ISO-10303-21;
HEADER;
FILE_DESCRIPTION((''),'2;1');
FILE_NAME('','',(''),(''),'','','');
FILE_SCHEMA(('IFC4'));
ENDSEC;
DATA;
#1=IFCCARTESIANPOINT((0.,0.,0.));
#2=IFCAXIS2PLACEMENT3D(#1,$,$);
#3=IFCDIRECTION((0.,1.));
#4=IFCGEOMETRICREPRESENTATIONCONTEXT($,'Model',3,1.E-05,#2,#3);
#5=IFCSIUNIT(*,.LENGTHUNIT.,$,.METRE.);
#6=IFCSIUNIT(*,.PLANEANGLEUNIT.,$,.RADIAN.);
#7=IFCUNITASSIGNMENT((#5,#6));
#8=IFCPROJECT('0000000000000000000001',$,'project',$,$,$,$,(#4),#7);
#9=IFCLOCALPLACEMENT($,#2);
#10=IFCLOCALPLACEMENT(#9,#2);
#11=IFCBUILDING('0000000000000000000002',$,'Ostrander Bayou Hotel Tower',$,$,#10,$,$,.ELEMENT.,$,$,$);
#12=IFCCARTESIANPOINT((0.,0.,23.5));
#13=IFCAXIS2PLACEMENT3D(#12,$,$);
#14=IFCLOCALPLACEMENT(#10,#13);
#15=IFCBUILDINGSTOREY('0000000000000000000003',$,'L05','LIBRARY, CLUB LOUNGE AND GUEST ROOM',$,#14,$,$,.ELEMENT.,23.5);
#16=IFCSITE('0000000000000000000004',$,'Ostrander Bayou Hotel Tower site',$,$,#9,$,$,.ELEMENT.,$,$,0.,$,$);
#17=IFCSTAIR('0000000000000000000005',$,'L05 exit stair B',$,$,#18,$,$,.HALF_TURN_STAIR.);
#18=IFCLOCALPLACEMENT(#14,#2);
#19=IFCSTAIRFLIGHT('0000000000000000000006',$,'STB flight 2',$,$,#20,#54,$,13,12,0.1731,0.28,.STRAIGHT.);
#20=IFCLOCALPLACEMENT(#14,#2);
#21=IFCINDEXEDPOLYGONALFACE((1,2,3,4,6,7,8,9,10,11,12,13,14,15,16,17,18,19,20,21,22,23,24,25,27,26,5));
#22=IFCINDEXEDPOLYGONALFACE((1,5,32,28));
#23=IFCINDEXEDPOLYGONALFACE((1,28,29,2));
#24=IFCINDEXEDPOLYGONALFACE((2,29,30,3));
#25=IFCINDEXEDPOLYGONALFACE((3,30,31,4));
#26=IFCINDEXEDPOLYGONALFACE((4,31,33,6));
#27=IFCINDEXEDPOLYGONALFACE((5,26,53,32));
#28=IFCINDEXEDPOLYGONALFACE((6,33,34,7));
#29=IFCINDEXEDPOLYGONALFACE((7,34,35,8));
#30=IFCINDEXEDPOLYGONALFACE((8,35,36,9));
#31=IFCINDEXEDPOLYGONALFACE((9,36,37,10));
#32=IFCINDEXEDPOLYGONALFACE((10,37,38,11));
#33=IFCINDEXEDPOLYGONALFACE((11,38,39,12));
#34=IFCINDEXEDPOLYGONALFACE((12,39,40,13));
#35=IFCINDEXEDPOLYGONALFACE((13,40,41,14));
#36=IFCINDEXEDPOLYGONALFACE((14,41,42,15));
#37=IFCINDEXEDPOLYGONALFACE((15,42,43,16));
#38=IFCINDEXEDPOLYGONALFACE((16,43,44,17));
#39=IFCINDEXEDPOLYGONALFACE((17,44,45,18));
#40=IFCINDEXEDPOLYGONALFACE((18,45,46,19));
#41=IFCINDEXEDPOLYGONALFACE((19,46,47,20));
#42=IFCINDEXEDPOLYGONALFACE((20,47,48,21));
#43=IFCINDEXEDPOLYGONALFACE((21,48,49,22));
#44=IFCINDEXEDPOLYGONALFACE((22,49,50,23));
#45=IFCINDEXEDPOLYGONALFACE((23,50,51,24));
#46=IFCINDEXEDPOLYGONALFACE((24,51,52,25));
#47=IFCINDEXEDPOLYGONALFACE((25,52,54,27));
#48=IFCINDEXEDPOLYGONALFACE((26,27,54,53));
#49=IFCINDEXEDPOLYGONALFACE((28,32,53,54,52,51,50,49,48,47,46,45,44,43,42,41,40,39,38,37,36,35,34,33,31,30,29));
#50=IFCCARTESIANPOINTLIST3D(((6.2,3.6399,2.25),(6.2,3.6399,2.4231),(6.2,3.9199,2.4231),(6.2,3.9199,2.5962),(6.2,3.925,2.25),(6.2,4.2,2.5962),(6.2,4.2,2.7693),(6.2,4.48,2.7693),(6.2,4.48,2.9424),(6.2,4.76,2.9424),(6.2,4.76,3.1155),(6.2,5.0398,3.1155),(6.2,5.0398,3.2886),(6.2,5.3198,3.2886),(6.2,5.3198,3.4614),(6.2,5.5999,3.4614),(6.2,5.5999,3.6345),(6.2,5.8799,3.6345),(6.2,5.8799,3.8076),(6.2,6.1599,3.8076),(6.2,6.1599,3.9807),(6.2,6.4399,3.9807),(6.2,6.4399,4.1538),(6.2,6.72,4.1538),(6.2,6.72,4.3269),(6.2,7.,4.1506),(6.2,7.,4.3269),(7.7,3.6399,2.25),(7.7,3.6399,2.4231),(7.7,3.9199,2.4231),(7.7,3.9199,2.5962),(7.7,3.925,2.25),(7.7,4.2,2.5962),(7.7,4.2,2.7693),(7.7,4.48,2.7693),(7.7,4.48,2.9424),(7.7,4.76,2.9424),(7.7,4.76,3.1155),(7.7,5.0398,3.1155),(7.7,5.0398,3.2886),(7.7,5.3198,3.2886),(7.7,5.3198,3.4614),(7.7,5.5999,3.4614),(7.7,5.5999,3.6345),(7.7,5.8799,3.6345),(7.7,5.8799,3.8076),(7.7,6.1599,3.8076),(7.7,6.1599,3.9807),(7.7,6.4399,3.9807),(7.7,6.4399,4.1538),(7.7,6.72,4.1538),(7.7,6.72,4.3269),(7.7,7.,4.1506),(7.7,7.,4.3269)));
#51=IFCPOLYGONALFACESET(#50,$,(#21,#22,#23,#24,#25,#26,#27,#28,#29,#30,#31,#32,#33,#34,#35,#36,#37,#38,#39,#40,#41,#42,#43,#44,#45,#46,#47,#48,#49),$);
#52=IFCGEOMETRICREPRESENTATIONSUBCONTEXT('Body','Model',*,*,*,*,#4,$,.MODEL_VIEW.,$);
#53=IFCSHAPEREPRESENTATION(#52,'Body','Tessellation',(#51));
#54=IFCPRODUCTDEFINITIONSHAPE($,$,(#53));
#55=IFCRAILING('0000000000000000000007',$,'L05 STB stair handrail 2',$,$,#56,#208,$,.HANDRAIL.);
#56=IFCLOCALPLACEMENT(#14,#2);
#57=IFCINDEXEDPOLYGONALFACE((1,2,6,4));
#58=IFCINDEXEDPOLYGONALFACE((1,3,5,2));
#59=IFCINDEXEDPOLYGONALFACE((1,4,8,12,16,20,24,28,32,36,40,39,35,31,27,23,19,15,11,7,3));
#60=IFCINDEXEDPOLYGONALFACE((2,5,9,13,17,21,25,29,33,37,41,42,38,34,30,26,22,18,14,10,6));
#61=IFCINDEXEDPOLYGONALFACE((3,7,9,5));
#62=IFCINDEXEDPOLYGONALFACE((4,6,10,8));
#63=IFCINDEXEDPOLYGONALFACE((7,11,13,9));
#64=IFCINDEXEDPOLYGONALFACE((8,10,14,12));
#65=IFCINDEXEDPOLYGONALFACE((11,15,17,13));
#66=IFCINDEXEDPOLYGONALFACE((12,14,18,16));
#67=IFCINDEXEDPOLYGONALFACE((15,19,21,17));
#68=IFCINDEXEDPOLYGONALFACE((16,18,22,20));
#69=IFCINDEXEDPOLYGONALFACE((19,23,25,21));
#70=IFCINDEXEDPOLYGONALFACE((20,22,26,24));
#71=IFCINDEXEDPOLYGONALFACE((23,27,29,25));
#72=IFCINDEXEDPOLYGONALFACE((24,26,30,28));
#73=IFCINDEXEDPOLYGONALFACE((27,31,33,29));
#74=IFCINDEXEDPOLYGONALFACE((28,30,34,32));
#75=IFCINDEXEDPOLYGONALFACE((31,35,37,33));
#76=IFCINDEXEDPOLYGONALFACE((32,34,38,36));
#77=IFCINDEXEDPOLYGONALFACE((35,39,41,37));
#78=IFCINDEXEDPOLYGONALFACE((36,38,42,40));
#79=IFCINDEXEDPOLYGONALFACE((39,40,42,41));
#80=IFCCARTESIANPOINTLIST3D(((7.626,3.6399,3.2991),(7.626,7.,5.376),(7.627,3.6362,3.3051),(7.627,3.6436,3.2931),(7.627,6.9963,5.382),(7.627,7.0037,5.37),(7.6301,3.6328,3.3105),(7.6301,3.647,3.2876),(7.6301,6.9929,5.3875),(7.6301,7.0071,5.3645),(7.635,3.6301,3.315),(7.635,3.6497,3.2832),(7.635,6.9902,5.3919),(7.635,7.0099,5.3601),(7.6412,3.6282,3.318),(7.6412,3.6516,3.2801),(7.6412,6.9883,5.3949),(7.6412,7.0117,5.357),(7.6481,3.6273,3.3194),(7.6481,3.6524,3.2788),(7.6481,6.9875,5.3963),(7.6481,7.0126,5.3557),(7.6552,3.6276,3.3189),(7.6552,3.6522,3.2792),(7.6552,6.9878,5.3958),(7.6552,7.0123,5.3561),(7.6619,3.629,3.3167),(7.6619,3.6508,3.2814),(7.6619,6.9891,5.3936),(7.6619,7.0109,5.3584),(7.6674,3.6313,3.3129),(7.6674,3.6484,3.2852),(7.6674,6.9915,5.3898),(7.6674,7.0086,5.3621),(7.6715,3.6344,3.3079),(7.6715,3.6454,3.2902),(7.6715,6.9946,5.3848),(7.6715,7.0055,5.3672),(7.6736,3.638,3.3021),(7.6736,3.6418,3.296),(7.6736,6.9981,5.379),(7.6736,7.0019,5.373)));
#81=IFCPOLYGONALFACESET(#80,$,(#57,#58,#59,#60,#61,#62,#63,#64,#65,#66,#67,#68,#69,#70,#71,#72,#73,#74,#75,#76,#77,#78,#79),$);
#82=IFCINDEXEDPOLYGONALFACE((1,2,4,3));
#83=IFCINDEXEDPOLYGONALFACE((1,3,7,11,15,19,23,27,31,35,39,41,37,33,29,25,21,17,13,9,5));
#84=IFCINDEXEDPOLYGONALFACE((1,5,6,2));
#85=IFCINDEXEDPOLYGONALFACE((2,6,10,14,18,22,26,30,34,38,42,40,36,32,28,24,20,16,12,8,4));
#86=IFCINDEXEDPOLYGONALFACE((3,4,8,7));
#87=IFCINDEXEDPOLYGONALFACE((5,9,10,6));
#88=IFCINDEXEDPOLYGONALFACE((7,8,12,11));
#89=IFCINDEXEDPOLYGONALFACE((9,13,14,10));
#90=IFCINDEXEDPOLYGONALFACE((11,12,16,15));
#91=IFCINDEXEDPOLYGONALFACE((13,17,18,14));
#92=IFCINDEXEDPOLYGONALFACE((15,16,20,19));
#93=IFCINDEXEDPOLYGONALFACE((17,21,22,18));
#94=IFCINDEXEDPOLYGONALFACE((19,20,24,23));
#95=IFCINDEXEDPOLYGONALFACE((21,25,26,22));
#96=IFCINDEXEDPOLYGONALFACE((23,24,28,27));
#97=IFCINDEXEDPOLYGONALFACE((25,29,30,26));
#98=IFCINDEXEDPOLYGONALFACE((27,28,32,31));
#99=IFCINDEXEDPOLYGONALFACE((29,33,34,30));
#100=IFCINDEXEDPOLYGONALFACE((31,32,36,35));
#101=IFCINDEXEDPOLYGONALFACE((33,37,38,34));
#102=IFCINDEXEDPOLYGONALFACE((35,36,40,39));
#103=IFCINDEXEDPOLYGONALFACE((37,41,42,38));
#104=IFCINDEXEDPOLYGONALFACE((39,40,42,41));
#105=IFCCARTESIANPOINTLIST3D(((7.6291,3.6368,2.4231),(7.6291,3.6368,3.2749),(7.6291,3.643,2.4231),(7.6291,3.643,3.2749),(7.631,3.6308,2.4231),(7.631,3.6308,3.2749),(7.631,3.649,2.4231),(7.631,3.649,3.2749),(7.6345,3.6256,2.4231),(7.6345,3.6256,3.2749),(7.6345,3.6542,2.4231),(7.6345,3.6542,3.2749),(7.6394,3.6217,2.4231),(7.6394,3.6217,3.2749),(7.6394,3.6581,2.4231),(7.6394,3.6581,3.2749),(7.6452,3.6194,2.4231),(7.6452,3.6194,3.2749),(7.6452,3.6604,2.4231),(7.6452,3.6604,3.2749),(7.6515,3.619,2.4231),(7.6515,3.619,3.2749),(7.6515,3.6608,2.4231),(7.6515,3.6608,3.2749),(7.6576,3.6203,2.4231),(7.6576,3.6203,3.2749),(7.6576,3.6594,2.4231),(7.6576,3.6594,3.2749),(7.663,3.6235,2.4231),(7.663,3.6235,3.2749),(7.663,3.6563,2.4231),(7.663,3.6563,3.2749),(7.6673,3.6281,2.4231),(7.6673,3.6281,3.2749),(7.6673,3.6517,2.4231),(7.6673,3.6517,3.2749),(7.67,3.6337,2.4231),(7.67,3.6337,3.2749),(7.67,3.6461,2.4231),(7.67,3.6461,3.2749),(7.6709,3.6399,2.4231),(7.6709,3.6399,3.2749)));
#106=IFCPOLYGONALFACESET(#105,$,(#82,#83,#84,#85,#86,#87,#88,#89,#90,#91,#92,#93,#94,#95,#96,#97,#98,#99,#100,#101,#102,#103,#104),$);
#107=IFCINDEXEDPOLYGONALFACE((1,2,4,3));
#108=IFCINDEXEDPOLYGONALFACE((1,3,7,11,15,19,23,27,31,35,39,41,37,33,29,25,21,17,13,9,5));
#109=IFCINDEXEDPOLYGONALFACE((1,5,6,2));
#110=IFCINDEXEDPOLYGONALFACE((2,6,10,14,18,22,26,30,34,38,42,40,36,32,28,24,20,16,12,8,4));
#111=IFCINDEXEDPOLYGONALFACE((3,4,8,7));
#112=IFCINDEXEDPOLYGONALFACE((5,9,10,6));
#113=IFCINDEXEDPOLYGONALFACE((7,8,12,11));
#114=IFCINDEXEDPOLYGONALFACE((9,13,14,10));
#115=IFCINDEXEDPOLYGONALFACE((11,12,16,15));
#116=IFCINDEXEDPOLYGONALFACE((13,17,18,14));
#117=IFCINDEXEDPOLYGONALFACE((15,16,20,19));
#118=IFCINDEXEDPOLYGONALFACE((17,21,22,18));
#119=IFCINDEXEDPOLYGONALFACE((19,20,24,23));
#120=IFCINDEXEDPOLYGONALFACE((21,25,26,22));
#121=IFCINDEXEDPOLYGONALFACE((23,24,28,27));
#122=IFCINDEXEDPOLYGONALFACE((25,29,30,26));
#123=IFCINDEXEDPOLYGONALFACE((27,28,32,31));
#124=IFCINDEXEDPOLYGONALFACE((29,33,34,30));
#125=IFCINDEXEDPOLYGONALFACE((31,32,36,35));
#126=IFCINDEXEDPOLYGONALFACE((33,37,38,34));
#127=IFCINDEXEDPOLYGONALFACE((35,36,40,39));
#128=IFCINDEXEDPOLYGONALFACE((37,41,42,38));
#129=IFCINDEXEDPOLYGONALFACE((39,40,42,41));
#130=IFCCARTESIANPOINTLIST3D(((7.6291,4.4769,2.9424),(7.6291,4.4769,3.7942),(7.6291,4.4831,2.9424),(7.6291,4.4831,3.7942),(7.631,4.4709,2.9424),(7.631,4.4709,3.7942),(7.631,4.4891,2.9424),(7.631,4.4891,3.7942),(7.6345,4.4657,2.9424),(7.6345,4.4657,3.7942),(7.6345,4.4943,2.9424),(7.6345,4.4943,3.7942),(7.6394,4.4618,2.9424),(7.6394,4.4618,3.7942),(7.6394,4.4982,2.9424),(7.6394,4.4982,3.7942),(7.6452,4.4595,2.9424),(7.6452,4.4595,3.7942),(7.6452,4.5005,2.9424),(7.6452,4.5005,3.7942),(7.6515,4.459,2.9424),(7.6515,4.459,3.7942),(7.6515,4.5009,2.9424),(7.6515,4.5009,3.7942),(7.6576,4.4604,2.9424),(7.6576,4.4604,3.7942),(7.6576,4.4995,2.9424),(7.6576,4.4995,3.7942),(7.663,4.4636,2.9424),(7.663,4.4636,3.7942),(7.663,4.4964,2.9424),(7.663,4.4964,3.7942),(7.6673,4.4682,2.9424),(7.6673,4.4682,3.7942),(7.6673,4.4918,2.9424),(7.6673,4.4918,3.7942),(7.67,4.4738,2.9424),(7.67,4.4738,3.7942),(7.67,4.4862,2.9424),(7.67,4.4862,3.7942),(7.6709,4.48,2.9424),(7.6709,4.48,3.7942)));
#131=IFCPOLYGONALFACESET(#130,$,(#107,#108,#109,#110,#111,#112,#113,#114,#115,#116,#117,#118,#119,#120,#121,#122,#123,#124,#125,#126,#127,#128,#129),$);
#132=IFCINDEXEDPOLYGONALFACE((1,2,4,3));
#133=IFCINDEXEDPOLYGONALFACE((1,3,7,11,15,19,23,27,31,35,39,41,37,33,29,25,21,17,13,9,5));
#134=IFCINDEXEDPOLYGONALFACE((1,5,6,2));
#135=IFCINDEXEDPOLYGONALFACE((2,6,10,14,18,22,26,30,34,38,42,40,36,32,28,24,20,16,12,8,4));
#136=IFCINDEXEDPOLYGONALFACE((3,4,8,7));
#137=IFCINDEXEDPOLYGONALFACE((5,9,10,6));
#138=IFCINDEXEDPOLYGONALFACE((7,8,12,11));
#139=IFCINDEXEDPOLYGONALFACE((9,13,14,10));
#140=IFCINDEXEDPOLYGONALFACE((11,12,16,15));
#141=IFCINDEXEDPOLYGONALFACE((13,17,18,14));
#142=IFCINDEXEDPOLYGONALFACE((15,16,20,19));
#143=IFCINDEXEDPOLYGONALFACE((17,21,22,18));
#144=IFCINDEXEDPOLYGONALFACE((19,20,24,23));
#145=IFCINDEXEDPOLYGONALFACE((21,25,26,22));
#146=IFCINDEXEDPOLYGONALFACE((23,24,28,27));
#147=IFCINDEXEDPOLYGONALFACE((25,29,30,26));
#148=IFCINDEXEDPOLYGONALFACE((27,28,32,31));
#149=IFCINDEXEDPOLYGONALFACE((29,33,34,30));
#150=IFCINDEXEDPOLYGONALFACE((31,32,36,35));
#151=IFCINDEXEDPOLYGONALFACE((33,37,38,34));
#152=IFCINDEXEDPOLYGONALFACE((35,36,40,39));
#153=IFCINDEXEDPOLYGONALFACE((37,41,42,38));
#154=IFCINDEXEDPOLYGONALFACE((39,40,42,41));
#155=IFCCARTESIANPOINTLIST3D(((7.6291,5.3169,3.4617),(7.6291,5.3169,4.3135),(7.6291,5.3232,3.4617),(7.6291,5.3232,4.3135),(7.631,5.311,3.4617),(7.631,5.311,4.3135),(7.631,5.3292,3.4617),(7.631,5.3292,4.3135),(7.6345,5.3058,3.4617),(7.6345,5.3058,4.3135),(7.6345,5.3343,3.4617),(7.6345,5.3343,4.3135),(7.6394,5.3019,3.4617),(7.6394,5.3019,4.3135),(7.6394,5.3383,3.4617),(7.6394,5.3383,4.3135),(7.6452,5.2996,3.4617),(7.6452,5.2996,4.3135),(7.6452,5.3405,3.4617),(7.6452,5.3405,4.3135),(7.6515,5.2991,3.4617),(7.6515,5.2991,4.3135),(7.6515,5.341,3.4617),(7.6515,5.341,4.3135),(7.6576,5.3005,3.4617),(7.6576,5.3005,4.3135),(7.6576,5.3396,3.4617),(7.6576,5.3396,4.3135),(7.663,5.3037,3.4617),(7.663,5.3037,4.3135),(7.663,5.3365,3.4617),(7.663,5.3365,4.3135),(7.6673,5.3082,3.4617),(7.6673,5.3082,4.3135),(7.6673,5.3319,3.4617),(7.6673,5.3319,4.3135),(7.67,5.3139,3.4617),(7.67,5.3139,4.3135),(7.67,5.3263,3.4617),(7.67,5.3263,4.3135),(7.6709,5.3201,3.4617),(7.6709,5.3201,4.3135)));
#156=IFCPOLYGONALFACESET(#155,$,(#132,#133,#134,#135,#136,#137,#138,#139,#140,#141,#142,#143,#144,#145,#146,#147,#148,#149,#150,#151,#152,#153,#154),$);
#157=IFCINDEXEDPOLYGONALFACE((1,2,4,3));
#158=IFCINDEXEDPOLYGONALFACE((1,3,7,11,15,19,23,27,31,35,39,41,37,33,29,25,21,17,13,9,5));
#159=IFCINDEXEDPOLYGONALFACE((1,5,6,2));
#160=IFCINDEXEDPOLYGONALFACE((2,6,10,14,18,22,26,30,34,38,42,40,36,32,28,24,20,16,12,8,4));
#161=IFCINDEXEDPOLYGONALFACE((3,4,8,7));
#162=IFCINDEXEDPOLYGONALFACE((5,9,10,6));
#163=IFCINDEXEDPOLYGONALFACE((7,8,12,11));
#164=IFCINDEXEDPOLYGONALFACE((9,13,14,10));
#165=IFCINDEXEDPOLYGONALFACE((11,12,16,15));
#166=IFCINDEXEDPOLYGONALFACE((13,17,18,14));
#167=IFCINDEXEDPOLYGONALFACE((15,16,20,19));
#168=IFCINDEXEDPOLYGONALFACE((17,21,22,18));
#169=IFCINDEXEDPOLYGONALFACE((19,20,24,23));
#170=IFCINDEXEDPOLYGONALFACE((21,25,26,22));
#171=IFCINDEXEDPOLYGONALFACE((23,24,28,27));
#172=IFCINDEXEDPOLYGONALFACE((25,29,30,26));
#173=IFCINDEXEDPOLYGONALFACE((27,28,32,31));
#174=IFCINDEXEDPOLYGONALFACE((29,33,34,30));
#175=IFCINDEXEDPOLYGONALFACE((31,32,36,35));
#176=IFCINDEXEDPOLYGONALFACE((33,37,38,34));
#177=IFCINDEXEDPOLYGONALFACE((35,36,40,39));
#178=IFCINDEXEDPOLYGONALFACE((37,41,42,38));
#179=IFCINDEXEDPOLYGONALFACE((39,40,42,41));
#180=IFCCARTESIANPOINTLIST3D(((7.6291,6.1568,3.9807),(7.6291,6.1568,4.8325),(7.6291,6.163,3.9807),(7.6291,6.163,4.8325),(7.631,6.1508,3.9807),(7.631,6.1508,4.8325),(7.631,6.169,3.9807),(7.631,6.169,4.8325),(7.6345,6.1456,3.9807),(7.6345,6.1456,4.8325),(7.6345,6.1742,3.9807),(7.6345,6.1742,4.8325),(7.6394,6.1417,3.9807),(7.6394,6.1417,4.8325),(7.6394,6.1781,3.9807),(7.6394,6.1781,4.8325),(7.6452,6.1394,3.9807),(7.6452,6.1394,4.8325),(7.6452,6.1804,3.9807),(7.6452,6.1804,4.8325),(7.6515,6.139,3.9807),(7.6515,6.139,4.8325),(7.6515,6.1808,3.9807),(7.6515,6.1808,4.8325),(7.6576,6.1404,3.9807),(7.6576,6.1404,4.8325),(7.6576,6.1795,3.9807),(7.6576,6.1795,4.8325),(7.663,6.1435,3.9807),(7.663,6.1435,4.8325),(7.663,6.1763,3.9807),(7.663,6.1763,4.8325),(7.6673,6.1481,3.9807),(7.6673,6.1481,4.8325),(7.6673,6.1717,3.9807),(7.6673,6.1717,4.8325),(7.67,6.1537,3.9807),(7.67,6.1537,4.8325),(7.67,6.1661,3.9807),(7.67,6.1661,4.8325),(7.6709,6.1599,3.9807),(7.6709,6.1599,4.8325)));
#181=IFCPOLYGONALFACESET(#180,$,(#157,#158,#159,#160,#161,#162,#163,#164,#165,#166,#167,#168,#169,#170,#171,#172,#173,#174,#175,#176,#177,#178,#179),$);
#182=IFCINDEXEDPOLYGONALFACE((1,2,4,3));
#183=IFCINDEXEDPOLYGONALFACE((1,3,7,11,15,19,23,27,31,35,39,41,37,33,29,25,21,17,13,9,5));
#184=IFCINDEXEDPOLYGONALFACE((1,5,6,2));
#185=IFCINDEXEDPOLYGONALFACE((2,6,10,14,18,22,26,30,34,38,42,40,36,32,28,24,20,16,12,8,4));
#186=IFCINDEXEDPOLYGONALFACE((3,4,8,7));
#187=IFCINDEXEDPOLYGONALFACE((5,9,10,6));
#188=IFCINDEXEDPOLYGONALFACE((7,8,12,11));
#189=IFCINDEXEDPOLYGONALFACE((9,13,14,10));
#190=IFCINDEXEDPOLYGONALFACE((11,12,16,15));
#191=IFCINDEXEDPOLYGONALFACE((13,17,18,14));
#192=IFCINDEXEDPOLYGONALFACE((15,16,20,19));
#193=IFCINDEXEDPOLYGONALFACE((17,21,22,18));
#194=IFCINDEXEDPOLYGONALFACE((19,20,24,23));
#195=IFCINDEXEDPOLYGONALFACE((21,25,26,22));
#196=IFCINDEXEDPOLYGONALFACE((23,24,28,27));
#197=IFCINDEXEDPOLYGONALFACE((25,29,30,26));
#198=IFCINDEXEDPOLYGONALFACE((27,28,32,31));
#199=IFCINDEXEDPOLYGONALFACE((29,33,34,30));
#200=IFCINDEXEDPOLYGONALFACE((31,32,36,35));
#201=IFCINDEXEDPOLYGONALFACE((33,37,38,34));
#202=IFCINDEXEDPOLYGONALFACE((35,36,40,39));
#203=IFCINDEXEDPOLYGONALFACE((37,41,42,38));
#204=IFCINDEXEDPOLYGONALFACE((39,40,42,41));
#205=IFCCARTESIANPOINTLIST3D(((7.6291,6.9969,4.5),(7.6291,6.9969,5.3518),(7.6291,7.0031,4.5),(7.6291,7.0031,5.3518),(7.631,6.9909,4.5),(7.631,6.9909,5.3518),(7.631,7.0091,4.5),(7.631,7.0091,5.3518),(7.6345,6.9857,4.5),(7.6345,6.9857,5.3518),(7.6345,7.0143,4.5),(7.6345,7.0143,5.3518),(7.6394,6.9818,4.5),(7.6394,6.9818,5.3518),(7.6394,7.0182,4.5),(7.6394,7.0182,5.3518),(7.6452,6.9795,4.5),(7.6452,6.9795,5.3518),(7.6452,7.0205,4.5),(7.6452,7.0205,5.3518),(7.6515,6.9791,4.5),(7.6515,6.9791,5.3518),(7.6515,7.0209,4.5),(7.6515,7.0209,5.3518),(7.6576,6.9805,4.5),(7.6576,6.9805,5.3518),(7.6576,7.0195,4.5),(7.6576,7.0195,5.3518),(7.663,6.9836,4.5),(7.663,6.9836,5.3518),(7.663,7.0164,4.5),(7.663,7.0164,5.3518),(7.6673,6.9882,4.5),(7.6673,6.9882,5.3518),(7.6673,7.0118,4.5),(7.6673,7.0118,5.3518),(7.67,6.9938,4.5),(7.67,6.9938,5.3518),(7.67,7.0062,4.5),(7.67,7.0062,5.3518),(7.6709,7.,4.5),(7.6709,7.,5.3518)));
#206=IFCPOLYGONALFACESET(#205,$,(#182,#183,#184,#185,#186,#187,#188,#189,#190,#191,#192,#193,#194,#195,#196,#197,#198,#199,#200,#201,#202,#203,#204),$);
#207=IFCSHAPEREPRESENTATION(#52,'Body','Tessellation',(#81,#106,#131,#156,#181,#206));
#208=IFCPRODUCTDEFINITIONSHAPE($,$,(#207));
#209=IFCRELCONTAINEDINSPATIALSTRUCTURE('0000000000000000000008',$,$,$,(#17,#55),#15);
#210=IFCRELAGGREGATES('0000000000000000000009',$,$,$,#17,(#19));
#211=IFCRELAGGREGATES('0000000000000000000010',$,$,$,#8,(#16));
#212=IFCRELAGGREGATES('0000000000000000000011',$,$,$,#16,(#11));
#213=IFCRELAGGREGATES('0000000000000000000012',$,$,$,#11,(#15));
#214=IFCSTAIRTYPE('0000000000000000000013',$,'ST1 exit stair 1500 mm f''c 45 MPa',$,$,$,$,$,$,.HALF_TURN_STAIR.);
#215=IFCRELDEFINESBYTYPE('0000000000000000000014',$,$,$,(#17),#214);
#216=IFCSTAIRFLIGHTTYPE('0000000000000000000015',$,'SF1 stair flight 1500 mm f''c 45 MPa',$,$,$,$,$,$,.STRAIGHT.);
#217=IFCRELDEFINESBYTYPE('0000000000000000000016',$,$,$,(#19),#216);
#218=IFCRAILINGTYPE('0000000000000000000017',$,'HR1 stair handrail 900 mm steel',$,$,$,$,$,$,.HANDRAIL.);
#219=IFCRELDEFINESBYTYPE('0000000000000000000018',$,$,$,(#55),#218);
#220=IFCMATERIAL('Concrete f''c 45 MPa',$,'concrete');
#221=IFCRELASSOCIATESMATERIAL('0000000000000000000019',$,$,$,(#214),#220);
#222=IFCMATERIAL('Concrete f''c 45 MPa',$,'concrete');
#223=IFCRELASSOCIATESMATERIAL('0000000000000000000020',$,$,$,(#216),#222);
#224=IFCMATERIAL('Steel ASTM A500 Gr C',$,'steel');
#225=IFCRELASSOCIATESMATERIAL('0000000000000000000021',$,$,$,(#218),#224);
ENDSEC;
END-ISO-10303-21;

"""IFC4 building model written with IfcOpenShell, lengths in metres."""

from ifc_helpers import new_model, si_unit, direction, frame, origin, origin_2d, place, context, subcontext, project, spatial, polyline, circle, outline, extrude, material, type_object, element, aggregate, save


model = new_model("IFC4")

# Units and contexts
model_context = context("Model", 3, precision=1e-05, world=origin(), true_north=direction((0.0, 1.0)))
body_context = subcontext(model_context, "Body", "Model", "MODEL_VIEW")
ifc_project = project(units=[si_unit("LENGTHUNIT", "METRE"), si_unit("PLANEANGLEUNIT", "RADIAN")], contexts=[model_context])

# Site, building, storey
site_placement = place(None, origin())
site = spatial("IfcSite", under=ifc_project, at=site_placement, Name="Ostrander Bayou Hotel Tower site", CompositionType="ELEMENT", RefElevation=0.0)
building_placement = place(site_placement, origin())
building = spatial("IfcBuilding", under=site, at=building_placement, Name="Ostrander Bayou Hotel Tower", CompositionType="ELEMENT")
storey_placement = place(building_placement, frame((0.0, 0.0, 23.5)))
storey = spatial("IfcBuildingStorey", under=building, at=storey_placement, Name="L05", Description="LIBRARY, CLUB LOUNGE AND GUEST ROOM", CompositionType="ELEMENT", Elevation=23.5)

# Stair, stair flight
ifc_material_1 = material(Name="Concrete f'c 45 MPa", Category="concrete")
stair_type = type_object("IfcStairType", Name="ST1 exit stair 1500 mm f'c 45 MPa", PredefinedType="HALF_TURN_STAIR", material=ifc_material_1)
stair_placement = place(storey_placement, origin())
stair = element("IfcStair", 1, at=stair_placement, inside=storey, type_object=stair_type, Name="L05 exit stair B", PredefinedType="HALF_TURN_STAIR")
ifc_material_2 = material(Name="Concrete f'c 45 MPa", Category="concrete")
stair_flight_type = type_object("IfcStairFlightType", Name="SF1 stair flight 1500 mm f'c 45 MPa", PredefinedType="STRAIGHT", material=ifc_material_2)
stair_flight_placement = place(storey_placement, frame((6.95, 3.6399, 2.25), z_axis=(0.0, 0.0, 1.0), x_axis=(0.0, 1.0, 0.0)))
stair_flight = element("IfcStairFlight", 2, at=stair_flight_placement, type_object=stair_flight_type, Name="STB flight 2", NumberOfRisers=13, NumberOfTreads=12, PredefinedType="STRAIGHT", RiserHeight=0.1731, TreadLength=0.28, context=body_context, shape_type="SweptSolid", body=[
    extrude(outline(polyline([(0.0, 0.0), (0.0, 0.1731), (0.28, 0.1731), (0.28, 0.3462), (0.5601, 0.3462), (0.5601, 0.5193), (0.8401, 0.5193), (0.8401, 0.6924), (1.1201, 0.6924), (1.1201, 0.8655), (1.3999, 0.8655), (1.3999, 1.0386), (1.6799, 1.0386), (1.6799, 1.2114), (1.96, 1.2114), (1.96, 1.3845), (2.24, 1.3845), (2.24, 1.5576), (2.52, 1.5576), (2.52, 1.7307), (2.8, 1.7307), (2.8, 1.9038), (3.0801, 1.9038), (3.0801, 2.0769), (3.3601, 2.0769), (3.3601, 2.25), (3.3601, 1.9006), (0.2852, 0.0), (0.0, 0.0)])), frame((0.0, 0.75, 0.0), z_axis=(0.0, -1.0, 0.0), x_axis=(1.0, 0.0, 0.0)), (0.0, 0.0, 1.0), 1.5),
])
aggregate(stair, [stair_flight])

# Railing
ifc_material_3 = material(Name="Steel ASTM A500 Gr C", Category="steel")
railing_type = type_object("IfcRailingType", Name="HR1 stair handrail 900 mm steel", PredefinedType="HANDRAIL", material=ifc_material_3)
railing_placement = place(storey_placement, frame((7.6499, 3.6399, 2.4231)))
element("IfcRailing", 3, at=railing_placement, inside=storey, type_object=railing_type, Name="L05 STB stair handrail 2", PredefinedType="HANDRAIL", context=body_context, shape_type="SweptSolid", body=[
    extrude(circle(Radius=0.0239, at=origin_2d()), frame((0.0, 0.0, 0.876), z_axis=(0.0, 0.850623, 0.525776), x_axis=(-1.0, 0.0, 0.0)), (0.0, 0.0, 1.0), 3.9502),
    extrude(circle(Radius=0.021, at=origin_2d()), origin(), (0.0, 0.0, 1.0), 0.8518),
    extrude(circle(Radius=0.021, at=origin_2d()), frame((0.0, 0.8401, 0.5193)), (0.0, 0.0, 1.0), 0.8518),
    extrude(circle(Radius=0.021, at=origin_2d()), frame((0.0, 1.6802, 1.0386)), (0.0, 0.0, 1.0), 0.8518),
    extrude(circle(Radius=0.021, at=origin_2d()), frame((0.0, 2.52, 1.5576)), (0.0, 0.0, 1.0), 0.8518),
    extrude(circle(Radius=0.021, at=origin_2d()), frame((0.0, 3.3601, 2.0769)), (0.0, 0.0, 1.0), 0.8518),
])

save(model, "model.ifc")
